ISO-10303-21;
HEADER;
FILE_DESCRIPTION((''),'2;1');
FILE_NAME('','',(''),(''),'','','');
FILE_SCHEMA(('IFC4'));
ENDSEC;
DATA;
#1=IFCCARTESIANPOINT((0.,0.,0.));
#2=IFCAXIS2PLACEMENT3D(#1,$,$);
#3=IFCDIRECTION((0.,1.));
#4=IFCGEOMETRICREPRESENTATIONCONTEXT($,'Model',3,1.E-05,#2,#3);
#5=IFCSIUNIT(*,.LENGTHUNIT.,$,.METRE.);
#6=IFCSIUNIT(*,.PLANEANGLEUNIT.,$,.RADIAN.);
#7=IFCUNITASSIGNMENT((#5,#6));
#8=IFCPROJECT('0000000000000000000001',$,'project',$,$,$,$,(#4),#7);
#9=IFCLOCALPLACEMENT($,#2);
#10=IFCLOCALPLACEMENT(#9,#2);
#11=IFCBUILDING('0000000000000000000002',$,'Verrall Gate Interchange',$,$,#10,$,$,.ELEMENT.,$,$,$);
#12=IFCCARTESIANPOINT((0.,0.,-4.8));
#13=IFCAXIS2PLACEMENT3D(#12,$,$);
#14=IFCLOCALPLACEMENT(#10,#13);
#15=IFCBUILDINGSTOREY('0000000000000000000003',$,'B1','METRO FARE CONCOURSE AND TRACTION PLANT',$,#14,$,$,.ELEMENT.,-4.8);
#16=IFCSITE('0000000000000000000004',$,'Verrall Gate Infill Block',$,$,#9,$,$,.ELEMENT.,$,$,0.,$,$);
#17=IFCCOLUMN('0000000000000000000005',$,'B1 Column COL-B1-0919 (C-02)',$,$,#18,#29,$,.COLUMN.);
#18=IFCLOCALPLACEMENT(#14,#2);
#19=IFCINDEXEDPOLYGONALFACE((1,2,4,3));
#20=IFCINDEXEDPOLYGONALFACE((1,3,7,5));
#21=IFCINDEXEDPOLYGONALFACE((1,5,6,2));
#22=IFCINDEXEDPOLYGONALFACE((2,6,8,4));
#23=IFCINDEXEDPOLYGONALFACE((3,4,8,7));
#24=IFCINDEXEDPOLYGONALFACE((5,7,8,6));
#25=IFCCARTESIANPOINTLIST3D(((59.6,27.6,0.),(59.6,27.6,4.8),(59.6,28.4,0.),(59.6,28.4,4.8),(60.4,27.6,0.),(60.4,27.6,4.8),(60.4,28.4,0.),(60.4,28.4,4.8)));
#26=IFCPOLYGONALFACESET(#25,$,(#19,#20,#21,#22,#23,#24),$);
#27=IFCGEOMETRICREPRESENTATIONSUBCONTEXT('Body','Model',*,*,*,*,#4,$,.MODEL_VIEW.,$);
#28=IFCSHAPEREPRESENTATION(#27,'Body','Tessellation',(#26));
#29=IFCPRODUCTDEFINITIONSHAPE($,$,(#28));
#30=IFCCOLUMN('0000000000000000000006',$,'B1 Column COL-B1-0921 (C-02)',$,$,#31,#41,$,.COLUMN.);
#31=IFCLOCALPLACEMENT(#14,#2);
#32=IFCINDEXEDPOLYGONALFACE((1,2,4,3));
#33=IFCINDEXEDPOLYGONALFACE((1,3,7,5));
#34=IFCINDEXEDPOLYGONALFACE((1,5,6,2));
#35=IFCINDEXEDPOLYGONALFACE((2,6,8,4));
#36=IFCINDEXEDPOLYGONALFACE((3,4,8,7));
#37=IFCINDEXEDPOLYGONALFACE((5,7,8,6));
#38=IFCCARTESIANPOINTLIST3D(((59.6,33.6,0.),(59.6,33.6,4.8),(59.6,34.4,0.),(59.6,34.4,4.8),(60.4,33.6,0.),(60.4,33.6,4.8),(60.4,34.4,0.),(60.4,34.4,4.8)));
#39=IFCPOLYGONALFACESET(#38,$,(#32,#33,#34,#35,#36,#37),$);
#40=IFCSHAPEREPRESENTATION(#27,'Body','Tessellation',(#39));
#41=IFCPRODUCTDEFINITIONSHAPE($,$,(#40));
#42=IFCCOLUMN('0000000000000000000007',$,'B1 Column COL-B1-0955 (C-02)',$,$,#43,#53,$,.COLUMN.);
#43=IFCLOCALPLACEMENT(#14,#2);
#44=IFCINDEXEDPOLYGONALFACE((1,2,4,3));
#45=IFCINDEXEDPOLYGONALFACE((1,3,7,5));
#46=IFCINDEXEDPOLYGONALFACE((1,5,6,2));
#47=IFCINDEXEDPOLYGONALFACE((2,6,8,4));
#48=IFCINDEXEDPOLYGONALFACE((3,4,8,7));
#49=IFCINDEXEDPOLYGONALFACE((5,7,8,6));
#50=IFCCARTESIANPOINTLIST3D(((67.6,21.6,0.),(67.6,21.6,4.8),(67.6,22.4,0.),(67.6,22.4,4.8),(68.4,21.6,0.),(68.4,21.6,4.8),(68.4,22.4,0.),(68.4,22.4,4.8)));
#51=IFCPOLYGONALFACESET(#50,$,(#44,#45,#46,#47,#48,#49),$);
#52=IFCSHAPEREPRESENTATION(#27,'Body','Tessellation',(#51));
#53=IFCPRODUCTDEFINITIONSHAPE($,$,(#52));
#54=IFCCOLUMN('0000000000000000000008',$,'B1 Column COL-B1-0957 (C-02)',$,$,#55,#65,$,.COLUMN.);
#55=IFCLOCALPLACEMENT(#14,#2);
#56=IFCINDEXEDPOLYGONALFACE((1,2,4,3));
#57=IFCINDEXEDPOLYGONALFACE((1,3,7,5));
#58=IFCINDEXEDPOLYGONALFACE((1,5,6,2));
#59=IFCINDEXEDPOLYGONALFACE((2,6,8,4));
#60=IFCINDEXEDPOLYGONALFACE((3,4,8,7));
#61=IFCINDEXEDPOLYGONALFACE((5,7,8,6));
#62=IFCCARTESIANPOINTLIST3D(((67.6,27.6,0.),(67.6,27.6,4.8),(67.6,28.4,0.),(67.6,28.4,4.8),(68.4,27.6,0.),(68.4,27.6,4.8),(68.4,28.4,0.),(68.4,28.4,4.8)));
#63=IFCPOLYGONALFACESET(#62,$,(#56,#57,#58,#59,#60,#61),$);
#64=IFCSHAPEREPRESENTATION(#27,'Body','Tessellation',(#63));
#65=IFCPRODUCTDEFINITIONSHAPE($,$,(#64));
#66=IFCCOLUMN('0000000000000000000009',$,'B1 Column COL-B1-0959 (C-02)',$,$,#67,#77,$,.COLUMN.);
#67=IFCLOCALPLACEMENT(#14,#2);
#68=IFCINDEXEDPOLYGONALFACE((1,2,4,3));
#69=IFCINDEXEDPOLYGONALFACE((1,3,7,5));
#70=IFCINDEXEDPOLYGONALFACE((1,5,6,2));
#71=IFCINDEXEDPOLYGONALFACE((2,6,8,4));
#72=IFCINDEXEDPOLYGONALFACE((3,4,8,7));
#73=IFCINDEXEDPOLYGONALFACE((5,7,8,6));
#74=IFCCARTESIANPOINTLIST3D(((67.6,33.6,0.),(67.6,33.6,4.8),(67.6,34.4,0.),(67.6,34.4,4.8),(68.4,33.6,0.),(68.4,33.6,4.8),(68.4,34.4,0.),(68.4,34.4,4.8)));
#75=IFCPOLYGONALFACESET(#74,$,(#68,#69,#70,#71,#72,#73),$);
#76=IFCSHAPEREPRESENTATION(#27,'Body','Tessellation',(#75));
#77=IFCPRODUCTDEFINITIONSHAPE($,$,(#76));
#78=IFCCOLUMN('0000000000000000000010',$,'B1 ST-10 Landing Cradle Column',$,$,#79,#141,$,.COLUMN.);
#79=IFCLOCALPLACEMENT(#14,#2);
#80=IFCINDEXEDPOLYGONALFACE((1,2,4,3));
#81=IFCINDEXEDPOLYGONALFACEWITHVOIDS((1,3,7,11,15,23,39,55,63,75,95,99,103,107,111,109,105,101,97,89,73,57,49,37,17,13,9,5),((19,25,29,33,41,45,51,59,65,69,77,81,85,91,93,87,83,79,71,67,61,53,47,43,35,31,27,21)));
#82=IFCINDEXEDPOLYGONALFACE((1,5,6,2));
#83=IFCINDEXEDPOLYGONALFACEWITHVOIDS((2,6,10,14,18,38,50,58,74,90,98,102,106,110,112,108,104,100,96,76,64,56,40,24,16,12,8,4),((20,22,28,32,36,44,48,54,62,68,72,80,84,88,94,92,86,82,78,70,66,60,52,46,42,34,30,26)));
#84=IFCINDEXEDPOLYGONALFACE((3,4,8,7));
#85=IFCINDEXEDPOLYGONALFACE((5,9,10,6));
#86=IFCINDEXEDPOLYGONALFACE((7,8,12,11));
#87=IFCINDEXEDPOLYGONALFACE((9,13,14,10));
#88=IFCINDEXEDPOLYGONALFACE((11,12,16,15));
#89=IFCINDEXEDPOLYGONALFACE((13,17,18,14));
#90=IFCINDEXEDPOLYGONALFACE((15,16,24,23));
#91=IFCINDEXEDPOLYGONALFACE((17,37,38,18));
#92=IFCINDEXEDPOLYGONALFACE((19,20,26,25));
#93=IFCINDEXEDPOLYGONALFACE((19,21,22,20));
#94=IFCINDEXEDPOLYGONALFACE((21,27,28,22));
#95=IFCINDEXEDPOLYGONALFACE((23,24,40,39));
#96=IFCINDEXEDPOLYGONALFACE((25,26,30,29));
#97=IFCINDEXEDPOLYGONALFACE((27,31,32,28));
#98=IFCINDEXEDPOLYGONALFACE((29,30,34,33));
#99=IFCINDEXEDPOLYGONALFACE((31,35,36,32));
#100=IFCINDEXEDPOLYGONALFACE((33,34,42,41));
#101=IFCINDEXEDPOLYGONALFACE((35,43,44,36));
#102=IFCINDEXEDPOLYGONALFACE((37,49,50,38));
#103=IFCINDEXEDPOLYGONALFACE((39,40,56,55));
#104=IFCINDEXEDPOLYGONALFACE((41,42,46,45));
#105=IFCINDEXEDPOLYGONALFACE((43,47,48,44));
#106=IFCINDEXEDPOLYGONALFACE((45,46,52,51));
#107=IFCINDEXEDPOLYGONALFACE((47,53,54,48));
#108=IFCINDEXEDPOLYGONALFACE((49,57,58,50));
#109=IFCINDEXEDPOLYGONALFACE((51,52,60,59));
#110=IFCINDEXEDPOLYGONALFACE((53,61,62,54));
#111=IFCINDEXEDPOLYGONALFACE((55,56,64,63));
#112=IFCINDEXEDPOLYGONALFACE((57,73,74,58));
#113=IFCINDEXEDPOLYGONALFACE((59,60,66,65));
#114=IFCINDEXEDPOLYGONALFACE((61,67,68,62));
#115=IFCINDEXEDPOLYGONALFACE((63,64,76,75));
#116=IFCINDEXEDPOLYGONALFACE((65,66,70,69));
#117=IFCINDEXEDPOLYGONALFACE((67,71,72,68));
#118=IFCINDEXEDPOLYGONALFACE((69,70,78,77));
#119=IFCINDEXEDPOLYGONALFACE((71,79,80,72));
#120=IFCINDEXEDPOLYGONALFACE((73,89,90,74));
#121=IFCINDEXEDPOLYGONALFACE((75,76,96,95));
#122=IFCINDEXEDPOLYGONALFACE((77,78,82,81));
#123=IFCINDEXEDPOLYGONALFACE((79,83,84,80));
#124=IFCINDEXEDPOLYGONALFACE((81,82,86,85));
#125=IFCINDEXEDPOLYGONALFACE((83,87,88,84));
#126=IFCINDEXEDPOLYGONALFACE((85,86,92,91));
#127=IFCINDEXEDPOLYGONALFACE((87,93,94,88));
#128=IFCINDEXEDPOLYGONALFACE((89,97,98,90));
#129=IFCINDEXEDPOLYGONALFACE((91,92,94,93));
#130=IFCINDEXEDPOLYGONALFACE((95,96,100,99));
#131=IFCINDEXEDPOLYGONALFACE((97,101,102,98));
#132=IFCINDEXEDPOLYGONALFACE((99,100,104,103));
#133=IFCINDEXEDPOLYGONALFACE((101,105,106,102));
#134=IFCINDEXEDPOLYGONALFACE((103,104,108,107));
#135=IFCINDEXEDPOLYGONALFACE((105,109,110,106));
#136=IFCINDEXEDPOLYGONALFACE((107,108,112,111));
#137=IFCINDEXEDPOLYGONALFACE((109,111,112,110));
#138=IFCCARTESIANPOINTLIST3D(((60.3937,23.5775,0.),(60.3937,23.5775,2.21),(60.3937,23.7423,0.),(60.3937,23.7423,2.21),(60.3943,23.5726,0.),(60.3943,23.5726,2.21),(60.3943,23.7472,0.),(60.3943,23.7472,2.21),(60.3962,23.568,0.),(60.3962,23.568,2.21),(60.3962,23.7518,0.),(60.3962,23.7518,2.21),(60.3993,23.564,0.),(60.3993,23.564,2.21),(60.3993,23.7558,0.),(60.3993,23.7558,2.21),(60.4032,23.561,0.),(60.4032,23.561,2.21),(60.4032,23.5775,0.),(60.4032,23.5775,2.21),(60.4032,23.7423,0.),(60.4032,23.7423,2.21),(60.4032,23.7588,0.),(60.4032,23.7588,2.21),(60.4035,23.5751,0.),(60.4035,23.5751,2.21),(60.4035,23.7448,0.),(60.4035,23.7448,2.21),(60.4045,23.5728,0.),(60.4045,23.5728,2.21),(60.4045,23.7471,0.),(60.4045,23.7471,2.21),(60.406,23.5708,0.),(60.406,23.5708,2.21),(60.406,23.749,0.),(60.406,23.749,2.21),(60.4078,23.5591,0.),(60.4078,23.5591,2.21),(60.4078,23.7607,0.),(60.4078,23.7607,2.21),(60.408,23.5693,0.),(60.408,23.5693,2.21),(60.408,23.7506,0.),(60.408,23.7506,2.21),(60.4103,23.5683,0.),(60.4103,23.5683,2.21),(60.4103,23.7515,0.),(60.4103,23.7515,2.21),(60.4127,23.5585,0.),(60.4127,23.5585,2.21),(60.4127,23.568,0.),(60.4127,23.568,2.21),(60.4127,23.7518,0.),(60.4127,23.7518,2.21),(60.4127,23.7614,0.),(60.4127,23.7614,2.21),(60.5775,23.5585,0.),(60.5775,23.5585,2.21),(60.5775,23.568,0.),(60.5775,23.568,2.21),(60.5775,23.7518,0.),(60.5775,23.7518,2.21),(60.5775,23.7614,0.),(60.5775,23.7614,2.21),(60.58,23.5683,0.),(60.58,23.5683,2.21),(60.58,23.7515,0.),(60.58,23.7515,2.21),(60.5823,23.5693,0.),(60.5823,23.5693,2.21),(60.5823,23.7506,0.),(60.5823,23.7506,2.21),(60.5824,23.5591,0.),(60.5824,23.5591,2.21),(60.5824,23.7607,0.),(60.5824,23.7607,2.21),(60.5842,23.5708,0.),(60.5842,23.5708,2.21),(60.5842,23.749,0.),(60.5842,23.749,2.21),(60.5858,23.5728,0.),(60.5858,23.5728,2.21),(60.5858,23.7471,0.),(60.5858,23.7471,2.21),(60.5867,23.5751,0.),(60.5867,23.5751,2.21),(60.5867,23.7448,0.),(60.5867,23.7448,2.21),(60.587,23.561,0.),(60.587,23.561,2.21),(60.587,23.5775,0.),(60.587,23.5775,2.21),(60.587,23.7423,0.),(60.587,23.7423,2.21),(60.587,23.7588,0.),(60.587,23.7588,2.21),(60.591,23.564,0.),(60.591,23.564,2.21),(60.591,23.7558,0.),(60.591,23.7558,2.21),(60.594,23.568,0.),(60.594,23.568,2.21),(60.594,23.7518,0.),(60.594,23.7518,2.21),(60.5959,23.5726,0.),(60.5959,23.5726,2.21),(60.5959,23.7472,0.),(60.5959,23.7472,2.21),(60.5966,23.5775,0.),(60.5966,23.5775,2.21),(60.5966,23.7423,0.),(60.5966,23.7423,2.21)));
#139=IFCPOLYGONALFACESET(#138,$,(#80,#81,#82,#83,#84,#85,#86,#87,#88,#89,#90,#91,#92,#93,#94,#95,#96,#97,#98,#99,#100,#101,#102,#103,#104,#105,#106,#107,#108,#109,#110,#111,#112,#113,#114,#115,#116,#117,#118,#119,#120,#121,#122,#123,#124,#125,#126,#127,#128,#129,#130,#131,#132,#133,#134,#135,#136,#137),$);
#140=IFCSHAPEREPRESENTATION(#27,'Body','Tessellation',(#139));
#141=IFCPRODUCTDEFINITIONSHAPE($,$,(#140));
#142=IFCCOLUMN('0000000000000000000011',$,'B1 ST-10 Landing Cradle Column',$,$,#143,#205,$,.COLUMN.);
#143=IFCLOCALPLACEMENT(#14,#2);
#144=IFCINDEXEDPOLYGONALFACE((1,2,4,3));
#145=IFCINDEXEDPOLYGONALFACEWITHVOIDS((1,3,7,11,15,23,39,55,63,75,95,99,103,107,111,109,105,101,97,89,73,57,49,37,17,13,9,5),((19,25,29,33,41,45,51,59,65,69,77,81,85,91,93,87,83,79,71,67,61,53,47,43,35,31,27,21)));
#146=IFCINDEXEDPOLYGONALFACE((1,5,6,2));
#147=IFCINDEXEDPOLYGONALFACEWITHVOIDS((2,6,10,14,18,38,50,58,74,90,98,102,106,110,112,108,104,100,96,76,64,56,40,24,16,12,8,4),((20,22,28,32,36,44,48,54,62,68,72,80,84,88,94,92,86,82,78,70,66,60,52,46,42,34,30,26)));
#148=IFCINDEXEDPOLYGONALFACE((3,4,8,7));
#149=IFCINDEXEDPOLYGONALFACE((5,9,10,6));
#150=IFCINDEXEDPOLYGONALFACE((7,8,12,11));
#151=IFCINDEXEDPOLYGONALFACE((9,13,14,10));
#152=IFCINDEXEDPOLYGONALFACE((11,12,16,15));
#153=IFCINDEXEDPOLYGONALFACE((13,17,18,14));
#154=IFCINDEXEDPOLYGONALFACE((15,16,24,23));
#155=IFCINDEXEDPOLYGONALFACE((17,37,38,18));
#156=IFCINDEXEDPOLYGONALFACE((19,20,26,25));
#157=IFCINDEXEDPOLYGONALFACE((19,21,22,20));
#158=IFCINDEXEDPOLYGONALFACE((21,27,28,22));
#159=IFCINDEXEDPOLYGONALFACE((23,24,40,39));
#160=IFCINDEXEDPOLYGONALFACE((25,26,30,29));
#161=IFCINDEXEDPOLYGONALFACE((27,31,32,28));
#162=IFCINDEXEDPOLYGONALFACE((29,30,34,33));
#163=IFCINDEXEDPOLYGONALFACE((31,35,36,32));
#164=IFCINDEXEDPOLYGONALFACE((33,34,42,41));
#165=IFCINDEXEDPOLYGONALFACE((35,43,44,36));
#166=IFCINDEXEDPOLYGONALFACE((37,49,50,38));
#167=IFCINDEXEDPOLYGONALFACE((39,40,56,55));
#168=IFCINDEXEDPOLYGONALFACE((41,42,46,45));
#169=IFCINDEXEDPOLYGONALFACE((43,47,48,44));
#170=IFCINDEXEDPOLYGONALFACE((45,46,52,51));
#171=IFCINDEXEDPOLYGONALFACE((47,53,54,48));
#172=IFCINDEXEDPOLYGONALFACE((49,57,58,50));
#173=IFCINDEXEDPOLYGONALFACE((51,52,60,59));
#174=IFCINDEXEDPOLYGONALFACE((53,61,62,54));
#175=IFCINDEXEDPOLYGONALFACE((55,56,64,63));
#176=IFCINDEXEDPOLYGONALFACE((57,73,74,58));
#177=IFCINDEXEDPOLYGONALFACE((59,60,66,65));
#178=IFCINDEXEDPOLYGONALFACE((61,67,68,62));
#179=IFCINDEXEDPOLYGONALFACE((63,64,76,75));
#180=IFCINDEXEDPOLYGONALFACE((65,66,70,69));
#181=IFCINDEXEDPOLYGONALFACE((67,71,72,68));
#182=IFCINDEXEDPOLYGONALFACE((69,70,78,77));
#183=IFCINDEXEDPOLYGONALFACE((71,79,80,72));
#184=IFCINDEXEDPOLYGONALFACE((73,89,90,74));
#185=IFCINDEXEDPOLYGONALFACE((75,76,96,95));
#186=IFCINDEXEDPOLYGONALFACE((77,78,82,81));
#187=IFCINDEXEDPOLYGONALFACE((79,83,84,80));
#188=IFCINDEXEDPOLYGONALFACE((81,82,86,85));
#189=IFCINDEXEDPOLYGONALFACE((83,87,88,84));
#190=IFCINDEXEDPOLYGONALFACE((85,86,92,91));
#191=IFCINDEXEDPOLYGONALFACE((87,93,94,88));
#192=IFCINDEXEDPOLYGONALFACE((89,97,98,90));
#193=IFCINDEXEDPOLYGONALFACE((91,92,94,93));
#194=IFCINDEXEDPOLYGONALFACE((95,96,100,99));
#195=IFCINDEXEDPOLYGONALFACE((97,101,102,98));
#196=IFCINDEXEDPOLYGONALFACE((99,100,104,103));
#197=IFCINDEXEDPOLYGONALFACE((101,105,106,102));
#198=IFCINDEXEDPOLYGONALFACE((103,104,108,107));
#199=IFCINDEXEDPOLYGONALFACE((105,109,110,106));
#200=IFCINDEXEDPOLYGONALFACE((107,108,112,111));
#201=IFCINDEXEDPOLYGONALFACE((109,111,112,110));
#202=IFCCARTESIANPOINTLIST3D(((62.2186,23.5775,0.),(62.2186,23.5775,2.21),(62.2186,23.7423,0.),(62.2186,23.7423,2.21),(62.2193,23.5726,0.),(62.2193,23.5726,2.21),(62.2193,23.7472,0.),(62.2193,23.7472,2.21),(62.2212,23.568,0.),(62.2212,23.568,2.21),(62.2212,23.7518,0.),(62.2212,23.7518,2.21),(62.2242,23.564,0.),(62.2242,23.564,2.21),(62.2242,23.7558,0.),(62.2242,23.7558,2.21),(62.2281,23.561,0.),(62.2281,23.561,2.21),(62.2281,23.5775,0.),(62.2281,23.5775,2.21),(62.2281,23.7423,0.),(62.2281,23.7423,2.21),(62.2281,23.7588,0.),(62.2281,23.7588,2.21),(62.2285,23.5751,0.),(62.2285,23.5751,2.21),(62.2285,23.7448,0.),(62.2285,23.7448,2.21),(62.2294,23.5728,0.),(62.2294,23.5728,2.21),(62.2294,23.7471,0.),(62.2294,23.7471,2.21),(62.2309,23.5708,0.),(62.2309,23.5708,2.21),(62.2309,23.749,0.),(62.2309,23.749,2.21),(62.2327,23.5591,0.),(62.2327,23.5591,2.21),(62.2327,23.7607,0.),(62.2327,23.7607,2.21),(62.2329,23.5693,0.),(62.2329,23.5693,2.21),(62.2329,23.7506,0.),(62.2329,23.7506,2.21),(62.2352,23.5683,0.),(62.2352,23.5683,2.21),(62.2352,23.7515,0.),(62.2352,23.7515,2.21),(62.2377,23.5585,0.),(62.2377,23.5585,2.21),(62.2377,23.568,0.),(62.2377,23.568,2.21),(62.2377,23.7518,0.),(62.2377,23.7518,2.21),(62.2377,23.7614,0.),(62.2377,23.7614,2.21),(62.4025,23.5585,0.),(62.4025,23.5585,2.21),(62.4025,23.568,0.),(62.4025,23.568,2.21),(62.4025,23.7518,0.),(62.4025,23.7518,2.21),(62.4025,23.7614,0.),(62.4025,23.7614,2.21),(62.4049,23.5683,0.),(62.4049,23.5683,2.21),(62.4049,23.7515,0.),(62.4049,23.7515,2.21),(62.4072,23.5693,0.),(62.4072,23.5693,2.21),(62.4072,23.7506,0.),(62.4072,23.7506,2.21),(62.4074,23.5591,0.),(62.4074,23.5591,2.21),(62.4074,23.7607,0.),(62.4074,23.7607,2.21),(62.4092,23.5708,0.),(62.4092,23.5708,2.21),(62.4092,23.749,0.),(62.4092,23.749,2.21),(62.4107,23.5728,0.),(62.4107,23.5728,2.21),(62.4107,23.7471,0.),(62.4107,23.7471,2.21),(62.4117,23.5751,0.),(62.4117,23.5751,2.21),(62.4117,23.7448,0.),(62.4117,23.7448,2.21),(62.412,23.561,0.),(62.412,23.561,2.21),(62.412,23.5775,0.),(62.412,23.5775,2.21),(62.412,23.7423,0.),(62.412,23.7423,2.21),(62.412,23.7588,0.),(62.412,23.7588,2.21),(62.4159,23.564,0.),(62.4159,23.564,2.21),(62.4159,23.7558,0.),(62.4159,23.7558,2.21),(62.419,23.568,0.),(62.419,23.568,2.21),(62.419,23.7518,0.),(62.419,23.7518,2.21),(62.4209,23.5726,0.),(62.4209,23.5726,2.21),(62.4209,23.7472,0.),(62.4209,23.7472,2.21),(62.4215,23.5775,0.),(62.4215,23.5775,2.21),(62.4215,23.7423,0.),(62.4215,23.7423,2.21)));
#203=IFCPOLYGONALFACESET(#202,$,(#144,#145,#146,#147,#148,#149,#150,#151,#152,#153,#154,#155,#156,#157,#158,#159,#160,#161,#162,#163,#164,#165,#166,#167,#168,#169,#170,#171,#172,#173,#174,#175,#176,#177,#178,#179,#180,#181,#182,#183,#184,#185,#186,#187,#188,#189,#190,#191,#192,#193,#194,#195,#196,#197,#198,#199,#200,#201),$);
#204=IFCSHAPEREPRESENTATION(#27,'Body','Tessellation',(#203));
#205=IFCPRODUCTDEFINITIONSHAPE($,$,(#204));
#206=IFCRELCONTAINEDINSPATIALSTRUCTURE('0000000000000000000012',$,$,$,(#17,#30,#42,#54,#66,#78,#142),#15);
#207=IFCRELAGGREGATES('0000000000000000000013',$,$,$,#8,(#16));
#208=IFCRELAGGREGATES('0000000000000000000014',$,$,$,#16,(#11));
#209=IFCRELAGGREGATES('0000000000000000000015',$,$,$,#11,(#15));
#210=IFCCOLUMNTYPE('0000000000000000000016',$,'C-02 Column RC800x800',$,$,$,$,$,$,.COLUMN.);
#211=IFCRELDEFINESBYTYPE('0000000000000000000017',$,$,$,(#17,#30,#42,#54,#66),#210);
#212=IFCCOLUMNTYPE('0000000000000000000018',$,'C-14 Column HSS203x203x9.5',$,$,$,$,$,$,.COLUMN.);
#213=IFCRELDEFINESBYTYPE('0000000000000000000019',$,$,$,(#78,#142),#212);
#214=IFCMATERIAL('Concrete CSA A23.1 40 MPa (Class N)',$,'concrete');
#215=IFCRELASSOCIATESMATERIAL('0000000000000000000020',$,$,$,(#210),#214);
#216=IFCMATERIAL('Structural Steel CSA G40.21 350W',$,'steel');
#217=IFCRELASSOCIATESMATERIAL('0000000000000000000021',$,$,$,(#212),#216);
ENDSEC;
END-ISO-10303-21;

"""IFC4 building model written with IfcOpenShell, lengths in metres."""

from ifc_helpers import new_model, si_unit, direction, frame, origin, origin_2d, place, context, subcontext, project, spatial, rectangle, hollow_rectangle, extrude, material, material_profile, profile_set, type_object, element, save


model = new_model("IFC4")

# Units and contexts
model_context = context("Model", 3, precision=1e-05, world=origin(), true_north=direction((0.0, 1.0)))
body_context = subcontext(model_context, "Body", "Model", "MODEL_VIEW")
ifc_project = project(units=[si_unit("LENGTHUNIT", "METRE"), si_unit("PLANEANGLEUNIT", "RADIAN")], contexts=[model_context])

# Site, building, storey
site_placement = place(None, origin())
site = spatial("IfcSite", under=ifc_project, at=site_placement, Name="Verrall Gate Infill Block", CompositionType="ELEMENT", RefElevation=0.0)
building_placement = place(site_placement, origin())
building = spatial("IfcBuilding", under=site, at=building_placement, Name="Verrall Gate Interchange", CompositionType="ELEMENT")
storey_placement = place(building_placement, frame((0.0, 0.0, -4.8)))
storey = spatial("IfcBuildingStorey", under=building, at=storey_placement, Name="B1", Description="METRO FARE CONCOURSE AND TRACTION PLANT", CompositionType="ELEMENT", Elevation=-4.8)

# Columns
ifc_material_1 = material(Name="Concrete CSA A23.1 40 MPa (Class N)", Category="concrete")
ifc_material_profile_1 = material_profile(ifc_material_1, rectangle(XDim=0.8, YDim=0.8, at=origin_2d()), Name="RC800x800")
ifc_profile_set_1 = profile_set([ifc_material_profile_1], Name="Concrete CSA A23.1 40 MPa (Class N)")
column_type_1 = type_object("IfcColumnType", Name="C-02 Column RC800x800", PredefinedType="COLUMN", material=ifc_profile_set_1)
for number, where, z_axis, x_axis, name in (
    (1, (60.0, 28.0, 0.0), (0.0, 0.0, 1.0), (1.0, 0.0, 0.0), "B1 Column COL-B1-0919 (C-02)"),
    (2, (60.0, 34.0, 0.0), (0.0, 0.0, 1.0), (1.0, 0.0, 0.0), "B1 Column COL-B1-0921 (C-02)"),
    (3, (68.0, 22.0, 0.0), (0.0, 0.0, 1.0), (1.0, 0.0, 0.0), "B1 Column COL-B1-0955 (C-02)"),
    (4, (68.0, 28.0, 0.0), (0.0, 0.0, 1.0), (1.0, 0.0, 0.0), "B1 Column COL-B1-0957 (C-02)"),
    (5, (68.0, 34.0, 0.0), (0.0, 0.0, 1.0), (1.0, 0.0, 0.0), "B1 Column COL-B1-0959 (C-02)"),
):
    element("IfcColumn", number, at=place(storey_placement, frame(where, z_axis=z_axis, x_axis=x_axis)), inside=storey, type_object=column_type_1, Name=name, PredefinedType="COLUMN", context=body_context, shape_type="SweptSolid", body=[
        extrude(rectangle(XDim=0.8, YDim=0.8, at=origin_2d()), origin(), (0.0, 0.0, 1.0), 4.8),
    ])
ifc_material_2 = material(Name="Structural Steel CSA G40.21 350W", Category="steel")
ifc_material_profile_2 = material_profile(ifc_material_2, hollow_rectangle(XDim=0.2029, YDim=0.2029, WallThickness=0.0095, InnerFilletRadius=0.0095, OuterFilletRadius=0.019, at=origin_2d()), Name="HSS203x203x9.5")
ifc_profile_set_2 = profile_set([ifc_material_profile_2], Name="Structural Steel CSA G40.21 350W")
column_type_2 = type_object("IfcColumnType", Name="C-14 Column HSS203x203x9.5", PredefinedType="COLUMN", material=ifc_profile_set_2)
for number, where, z_axis, x_axis, name in (
    (6, (60.4951, 23.6599, 0.0), (0.0, 0.0, 1.0), (1.0, 0.0, 0.0), "B1 ST-10 Landing Cradle Column"),
    (7, (62.3201, 23.6599, 0.0), (0.0, 0.0, 1.0), (1.0, 0.0, 0.0), "B1 ST-10 Landing Cradle Column"),
):
    element("IfcColumn", number, at=place(storey_placement, frame(where, z_axis=z_axis, x_axis=x_axis)), inside=storey, type_object=column_type_2, Name=name, PredefinedType="COLUMN", context=body_context, shape_type="SweptSolid", body=[
        extrude(hollow_rectangle(XDim=0.2029, YDim=0.2029, WallThickness=0.0095, InnerFilletRadius=0.0095, OuterFilletRadius=0.019, at=origin_2d()), origin(), (0.0, 0.0, 1.0), 2.21),
    ])

save(model, "model.ifc")
